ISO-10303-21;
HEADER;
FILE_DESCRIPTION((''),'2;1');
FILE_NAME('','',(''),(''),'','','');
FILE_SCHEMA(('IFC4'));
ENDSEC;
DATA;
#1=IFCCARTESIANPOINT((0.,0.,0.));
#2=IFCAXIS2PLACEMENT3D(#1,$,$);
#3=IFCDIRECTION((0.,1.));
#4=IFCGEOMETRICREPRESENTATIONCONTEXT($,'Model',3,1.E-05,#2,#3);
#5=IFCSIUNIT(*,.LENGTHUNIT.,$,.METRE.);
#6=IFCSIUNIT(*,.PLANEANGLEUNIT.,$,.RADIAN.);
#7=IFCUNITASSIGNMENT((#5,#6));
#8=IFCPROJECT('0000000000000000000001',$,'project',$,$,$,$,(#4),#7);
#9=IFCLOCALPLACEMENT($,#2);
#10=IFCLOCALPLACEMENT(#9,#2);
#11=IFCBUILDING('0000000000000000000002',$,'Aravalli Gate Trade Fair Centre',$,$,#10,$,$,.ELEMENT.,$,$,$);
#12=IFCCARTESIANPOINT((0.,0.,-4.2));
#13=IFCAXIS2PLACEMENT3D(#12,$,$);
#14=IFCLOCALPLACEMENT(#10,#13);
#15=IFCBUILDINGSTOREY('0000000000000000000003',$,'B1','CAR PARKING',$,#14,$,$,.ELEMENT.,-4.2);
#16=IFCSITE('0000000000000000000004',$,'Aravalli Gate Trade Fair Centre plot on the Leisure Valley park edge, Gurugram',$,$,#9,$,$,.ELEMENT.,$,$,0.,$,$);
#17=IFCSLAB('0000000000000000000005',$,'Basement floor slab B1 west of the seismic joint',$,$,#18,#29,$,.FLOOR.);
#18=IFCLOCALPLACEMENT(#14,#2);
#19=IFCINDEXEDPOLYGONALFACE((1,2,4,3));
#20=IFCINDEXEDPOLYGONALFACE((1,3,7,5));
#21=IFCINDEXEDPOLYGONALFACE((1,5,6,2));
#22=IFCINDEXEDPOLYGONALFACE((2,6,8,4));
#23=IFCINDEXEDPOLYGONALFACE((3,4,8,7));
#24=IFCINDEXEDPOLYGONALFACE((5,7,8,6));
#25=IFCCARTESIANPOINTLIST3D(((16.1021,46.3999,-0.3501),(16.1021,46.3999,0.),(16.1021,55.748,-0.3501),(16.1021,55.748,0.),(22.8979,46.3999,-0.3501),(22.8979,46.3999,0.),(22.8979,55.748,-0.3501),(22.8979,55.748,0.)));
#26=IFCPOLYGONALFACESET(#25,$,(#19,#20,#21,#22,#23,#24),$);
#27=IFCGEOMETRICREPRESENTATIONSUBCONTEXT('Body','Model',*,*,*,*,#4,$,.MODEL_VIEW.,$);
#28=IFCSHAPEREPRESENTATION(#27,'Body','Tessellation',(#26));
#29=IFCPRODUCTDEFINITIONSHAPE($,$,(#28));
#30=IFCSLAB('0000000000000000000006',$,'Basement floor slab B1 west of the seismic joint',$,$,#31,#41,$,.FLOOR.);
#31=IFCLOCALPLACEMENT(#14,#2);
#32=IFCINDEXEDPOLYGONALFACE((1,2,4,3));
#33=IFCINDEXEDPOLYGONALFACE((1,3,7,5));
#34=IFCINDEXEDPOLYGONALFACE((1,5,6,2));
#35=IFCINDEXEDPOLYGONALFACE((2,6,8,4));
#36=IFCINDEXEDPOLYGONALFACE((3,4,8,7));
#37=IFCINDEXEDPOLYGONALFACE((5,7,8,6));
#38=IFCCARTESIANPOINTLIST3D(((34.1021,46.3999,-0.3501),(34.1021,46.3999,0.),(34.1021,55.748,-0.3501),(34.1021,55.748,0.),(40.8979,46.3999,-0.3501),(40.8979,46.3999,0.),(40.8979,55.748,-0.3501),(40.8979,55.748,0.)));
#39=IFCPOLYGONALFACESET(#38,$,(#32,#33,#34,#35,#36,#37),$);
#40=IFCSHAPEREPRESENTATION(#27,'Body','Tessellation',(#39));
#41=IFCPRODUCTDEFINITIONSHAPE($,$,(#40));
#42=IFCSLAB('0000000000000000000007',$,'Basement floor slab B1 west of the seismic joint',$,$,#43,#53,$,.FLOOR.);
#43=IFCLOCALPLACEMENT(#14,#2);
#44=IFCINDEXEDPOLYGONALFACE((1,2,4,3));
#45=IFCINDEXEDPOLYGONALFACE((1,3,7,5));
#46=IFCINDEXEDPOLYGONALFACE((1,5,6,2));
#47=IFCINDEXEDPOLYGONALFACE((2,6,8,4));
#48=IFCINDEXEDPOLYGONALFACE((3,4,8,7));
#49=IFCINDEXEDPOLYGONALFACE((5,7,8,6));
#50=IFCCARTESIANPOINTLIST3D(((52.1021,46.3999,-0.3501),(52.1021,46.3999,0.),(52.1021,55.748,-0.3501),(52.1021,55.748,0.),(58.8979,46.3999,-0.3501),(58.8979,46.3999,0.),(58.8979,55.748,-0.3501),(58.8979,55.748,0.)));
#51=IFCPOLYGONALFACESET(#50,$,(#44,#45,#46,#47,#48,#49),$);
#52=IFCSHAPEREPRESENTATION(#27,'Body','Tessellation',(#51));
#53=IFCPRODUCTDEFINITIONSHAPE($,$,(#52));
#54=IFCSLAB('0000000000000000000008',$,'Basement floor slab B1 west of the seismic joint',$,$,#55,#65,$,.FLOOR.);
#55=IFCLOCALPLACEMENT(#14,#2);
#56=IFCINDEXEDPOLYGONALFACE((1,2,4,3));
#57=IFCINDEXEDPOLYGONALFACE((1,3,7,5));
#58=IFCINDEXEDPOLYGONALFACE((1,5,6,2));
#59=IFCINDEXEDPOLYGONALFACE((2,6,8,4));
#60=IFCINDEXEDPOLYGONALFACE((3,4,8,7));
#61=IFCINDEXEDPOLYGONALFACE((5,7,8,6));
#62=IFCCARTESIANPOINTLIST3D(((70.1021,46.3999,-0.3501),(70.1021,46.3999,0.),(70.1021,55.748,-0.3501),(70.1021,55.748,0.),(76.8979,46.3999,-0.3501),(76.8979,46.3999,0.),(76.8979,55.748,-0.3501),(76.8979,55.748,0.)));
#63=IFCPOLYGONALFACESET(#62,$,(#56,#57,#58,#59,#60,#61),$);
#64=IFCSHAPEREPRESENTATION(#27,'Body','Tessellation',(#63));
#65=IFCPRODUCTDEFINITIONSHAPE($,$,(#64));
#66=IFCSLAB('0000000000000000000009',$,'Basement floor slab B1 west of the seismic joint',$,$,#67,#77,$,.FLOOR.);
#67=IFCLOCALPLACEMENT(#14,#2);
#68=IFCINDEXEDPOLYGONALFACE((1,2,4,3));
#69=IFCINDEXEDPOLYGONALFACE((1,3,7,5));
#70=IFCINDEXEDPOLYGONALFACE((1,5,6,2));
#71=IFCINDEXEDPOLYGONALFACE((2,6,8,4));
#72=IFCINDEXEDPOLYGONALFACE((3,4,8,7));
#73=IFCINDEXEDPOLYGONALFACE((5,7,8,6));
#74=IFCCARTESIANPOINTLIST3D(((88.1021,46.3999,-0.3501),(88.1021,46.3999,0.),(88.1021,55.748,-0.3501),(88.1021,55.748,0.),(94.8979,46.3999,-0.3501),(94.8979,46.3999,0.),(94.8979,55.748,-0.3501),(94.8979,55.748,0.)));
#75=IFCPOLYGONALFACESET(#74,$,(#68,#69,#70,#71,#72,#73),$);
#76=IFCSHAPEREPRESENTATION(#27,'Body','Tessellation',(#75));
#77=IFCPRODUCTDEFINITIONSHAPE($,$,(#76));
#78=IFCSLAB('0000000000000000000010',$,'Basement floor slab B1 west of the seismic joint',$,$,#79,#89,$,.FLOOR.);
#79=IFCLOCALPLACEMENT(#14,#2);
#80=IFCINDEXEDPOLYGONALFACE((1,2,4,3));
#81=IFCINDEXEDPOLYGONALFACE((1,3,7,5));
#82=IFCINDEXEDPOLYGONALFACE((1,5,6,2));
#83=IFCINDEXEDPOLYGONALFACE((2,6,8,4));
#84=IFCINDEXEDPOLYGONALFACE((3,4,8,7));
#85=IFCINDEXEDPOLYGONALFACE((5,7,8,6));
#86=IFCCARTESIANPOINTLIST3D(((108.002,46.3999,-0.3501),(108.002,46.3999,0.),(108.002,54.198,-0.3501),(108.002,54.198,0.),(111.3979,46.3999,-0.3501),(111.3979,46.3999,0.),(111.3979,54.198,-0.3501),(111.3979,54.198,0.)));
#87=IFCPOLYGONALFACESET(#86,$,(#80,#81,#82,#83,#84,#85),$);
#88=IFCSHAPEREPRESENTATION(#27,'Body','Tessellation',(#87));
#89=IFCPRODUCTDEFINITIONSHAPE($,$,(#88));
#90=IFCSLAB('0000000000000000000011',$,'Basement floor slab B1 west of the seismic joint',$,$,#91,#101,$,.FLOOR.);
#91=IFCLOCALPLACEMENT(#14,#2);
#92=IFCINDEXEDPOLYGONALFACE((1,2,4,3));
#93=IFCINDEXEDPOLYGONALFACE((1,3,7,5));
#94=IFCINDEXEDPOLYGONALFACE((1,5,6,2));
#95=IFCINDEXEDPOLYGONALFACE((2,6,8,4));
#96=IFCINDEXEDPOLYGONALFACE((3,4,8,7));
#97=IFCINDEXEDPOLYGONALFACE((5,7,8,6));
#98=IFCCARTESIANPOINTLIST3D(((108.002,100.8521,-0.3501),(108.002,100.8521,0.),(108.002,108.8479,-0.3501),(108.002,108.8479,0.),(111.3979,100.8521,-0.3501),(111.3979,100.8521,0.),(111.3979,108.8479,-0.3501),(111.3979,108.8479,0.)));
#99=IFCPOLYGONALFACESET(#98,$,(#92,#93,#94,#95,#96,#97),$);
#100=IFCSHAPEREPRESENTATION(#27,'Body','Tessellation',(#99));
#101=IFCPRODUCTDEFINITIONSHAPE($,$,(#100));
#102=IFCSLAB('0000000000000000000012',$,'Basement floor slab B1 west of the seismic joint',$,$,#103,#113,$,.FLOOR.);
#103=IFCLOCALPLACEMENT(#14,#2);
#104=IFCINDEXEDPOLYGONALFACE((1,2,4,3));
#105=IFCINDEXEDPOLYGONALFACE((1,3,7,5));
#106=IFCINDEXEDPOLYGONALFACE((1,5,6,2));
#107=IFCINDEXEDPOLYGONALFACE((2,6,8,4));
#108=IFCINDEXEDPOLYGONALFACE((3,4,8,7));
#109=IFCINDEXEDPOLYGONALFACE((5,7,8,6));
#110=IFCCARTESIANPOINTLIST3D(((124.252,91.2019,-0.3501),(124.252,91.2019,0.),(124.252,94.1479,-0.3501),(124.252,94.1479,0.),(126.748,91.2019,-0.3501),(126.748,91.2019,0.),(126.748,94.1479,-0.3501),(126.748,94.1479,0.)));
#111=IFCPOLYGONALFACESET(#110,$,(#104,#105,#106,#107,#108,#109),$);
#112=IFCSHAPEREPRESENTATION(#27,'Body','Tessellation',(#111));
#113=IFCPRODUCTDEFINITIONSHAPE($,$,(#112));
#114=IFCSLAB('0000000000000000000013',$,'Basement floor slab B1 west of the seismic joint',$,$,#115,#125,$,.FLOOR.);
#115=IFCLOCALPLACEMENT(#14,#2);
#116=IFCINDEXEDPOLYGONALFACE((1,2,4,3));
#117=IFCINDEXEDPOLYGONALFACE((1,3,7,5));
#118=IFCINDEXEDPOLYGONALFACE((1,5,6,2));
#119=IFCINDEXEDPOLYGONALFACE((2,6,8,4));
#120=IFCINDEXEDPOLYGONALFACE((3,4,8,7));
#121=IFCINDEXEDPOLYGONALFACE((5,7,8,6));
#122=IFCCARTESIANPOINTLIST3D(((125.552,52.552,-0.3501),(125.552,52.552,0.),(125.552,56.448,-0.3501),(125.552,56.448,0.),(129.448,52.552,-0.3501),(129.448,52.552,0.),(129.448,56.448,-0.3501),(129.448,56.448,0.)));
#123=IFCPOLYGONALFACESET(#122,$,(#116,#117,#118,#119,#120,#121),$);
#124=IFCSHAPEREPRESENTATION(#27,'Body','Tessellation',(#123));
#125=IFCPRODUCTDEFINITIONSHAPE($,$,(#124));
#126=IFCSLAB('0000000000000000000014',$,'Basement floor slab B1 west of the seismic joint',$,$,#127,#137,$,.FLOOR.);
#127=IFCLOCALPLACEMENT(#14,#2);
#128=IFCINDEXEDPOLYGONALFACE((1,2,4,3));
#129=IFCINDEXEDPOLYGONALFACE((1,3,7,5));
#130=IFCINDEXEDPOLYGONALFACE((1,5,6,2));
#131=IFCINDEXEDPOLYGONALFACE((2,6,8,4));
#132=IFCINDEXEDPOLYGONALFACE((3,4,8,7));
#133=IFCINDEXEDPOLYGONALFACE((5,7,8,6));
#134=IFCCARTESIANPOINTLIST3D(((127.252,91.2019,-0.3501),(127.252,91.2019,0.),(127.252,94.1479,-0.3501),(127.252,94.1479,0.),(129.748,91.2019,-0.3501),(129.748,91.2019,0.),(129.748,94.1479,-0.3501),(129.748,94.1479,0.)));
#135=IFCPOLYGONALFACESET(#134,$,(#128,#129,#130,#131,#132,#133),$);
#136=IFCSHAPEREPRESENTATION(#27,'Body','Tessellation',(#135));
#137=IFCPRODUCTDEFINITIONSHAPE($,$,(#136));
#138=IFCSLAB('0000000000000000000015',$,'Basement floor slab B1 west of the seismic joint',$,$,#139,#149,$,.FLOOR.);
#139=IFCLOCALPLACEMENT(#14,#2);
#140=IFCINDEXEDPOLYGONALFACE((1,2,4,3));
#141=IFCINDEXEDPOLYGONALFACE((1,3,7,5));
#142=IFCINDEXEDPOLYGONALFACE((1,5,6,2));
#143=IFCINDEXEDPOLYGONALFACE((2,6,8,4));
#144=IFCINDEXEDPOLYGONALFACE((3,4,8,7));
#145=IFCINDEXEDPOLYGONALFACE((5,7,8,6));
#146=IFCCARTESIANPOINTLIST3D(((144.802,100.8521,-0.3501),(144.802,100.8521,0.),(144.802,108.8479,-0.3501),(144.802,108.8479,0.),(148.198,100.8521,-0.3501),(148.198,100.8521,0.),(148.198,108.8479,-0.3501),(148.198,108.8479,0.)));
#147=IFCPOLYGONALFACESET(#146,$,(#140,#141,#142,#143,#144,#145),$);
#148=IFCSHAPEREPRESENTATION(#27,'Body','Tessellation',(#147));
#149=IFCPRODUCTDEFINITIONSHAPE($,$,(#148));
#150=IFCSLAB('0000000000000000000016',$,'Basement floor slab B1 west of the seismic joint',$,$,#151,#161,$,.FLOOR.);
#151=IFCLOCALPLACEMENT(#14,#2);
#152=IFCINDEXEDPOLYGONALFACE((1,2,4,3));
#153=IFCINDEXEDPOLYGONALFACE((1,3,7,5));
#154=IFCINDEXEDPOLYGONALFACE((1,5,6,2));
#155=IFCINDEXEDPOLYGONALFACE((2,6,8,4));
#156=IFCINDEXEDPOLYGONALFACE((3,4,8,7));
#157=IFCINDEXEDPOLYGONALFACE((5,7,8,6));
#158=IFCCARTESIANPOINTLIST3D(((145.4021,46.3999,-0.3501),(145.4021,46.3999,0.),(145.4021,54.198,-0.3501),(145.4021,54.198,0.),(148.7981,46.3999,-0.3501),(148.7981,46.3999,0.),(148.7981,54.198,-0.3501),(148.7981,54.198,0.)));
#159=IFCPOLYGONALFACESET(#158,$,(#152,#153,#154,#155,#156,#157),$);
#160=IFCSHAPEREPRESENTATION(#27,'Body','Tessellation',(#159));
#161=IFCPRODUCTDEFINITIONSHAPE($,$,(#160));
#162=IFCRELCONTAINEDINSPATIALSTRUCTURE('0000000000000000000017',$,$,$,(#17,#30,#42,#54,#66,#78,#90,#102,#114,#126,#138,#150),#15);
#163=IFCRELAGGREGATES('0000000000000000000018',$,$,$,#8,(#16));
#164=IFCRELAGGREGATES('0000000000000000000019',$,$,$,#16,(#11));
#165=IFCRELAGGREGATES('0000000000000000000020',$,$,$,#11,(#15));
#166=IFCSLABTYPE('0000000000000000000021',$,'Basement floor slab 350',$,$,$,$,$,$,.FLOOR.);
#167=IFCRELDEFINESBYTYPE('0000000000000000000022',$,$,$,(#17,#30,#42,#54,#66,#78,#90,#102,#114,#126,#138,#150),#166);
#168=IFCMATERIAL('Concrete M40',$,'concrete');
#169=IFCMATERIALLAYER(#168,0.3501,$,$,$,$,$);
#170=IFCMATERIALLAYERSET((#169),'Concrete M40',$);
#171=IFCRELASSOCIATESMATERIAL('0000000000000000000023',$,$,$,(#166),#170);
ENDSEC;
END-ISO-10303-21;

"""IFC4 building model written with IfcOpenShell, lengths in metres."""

from ifc_helpers import new_model, si_unit, direction, frame, origin, place, context, subcontext, project, spatial, polyline, outline, extrude, material, layer, layer_set, type_object, element, save


model = new_model("IFC4")

# Units and contexts
model_context = context("Model", 3, precision=1e-05, world=origin(), true_north=direction((0.0, 1.0)))
body_context = subcontext(model_context, "Body", "Model", "MODEL_VIEW")
ifc_project = project(units=[si_unit("LENGTHUNIT", "METRE"), si_unit("PLANEANGLEUNIT", "RADIAN")], contexts=[model_context])

# Site, building, storey
site_placement = place(None, origin())
site = spatial("IfcSite", under=ifc_project, at=site_placement, Name="Aravalli Gate Trade Fair Centre plot on the Leisure Valley park edge, Gurugram", CompositionType="ELEMENT", RefElevation=0.0)
building_placement = place(site_placement, origin())
building = spatial("IfcBuilding", under=site, at=building_placement, Name="Aravalli Gate Trade Fair Centre", CompositionType="ELEMENT")
storey_placement = place(building_placement, frame((0.0, 0.0, -4.2)))
storey = spatial("IfcBuildingStorey", under=building, at=storey_placement, Name="B1", Description="CAR PARKING", CompositionType="ELEMENT", Elevation=-4.2)

# Slabs
ifc_material_1 = material(Name="Concrete M40", Category="concrete")
ifc_layer_1 = layer(ifc_material_1, 0.3501)
ifc_layer_set_1 = layer_set([ifc_layer_1], Name="Concrete M40")
slab_type_1 = type_object("IfcSlabType", Name="Basement floor slab 350", PredefinedType="FLOOR", material=ifc_layer_set_1)
slab_1_placement = place(storey_placement, frame((0.0, 0.0, -0.3501)))
element("IfcSlab", 1, at=slab_1_placement, inside=storey, type_object=slab_type_1, Name="Basement floor slab B1 west of the seismic joint", PredefinedType="FLOOR", context=body_context, shape_type="SweptSolid", body=[
    extrude(outline(polyline([(16.1021, 46.3999), (16.1021, 55.748), (22.8979, 55.748), (22.8979, 46.3999), (16.1021, 46.3999)])), origin(), (0.0, 0.0, 1.0), 0.3501),
])
slab_2_placement = place(storey_placement, frame((0.0, 0.0, -0.3501)))
element("IfcSlab", 2, at=slab_2_placement, inside=storey, type_object=slab_type_1, Name="Basement floor slab B1 west of the seismic joint", PredefinedType="FLOOR", context=body_context, shape_type="SweptSolid", body=[
    extrude(outline(polyline([(34.1021, 46.3999), (34.1021, 55.748), (40.8979, 55.748), (40.8979, 46.3999), (34.1021, 46.3999)])), origin(), (0.0, 0.0, 1.0), 0.3501),
])
slab_3_placement = place(storey_placement, frame((0.0, 0.0, -0.3501)))
element("IfcSlab", 3, at=slab_3_placement, inside=storey, type_object=slab_type_1, Name="Basement floor slab B1 west of the seismic joint", PredefinedType="FLOOR", context=body_context, shape_type="SweptSolid", body=[
    extrude(outline(polyline([(52.1021, 46.3999), (52.1021, 55.748), (58.8979, 55.748), (58.8979, 46.3999), (52.1021, 46.3999)])), origin(), (0.0, 0.0, 1.0), 0.3501),
])
slab_4_placement = place(storey_placement, frame((0.0, 0.0, -0.3501)))
element("IfcSlab", 4, at=slab_4_placement, inside=storey, type_object=slab_type_1, Name="Basement floor slab B1 west of the seismic joint", PredefinedType="FLOOR", context=body_context, shape_type="SweptSolid", body=[
    extrude(outline(polyline([(70.1021, 46.3999), (70.1021, 55.748), (76.8979, 55.748), (76.8979, 46.3999), (70.1021, 46.3999)])), origin(), (0.0, 0.0, 1.0), 0.3501),
])
slab_5_placement = place(storey_placement, frame((0.0, 0.0, -0.3501)))
element("IfcSlab", 5, at=slab_5_placement, inside=storey, type_object=slab_type_1, Name="Basement floor slab B1 west of the seismic joint", PredefinedType="FLOOR", context=body_context, shape_type="SweptSolid", body=[
    extrude(outline(polyline([(88.1021, 46.3999), (88.1021, 55.748), (94.8979, 55.748), (94.8979, 46.3999), (88.1021, 46.3999)])), origin(), (0.0, 0.0, 1.0), 0.3501),
])
slab_6_placement = place(storey_placement, frame((0.0, 0.0, -0.3501)))
element("IfcSlab", 6, at=slab_6_placement, inside=storey, type_object=slab_type_1, Name="Basement floor slab B1 west of the seismic joint", PredefinedType="FLOOR", context=body_context, shape_type="SweptSolid", body=[
    extrude(outline(polyline([(108.002, 46.3999), (108.002, 54.198), (111.3979, 54.198), (111.3979, 46.3999), (108.002, 46.3999)])), origin(), (0.0, 0.0, 1.0), 0.3501),
])
slab_7_placement = place(storey_placement, frame((0.0, 0.0, -0.3501)))
element("IfcSlab", 7, at=slab_7_placement, inside=storey, type_object=slab_type_1, Name="Basement floor slab B1 west of the seismic joint", PredefinedType="FLOOR", context=body_context, shape_type="SweptSolid", body=[
    extrude(outline(polyline([(111.3979, 100.8521), (108.002, 100.8521), (108.002, 108.8479), (111.3979, 108.8479), (111.3979, 100.8521)])), origin(), (0.0, 0.0, 1.0), 0.3501),
])
slab_8_placement = place(storey_placement, frame((0.0, 0.0, -0.3501)))
element("IfcSlab", 8, at=slab_8_placement, inside=storey, type_object=slab_type_1, Name="Basement floor slab B1 west of the seismic joint", PredefinedType="FLOOR", context=body_context, shape_type="SweptSolid", body=[
    extrude(outline(polyline([(124.252, 94.1479), (126.748, 94.1479), (126.748, 91.2019), (124.252, 91.2019), (124.252, 94.1479)])), origin(), (0.0, 0.0, 1.0), 0.3501),
])
slab_9_placement = place(storey_placement, frame((0.0, 0.0, -0.3501)))
element("IfcSlab", 9, at=slab_9_placement, inside=storey, type_object=slab_type_1, Name="Basement floor slab B1 west of the seismic joint", PredefinedType="FLOOR", context=body_context, shape_type="SweptSolid", body=[
    extrude(outline(polyline([(125.552, 52.552), (125.552, 56.448), (129.448, 56.448), (129.448, 52.552), (125.552, 52.552)])), origin(), (0.0, 0.0, 1.0), 0.3501),
])
slab_10_placement = place(storey_placement, frame((0.0, 0.0, -0.3501)))
element("IfcSlab", 10, at=slab_10_placement, inside=storey, type_object=slab_type_1, Name="Basement floor slab B1 west of the seismic joint", PredefinedType="FLOOR", context=body_context, shape_type="SweptSolid", body=[
    extrude(outline(polyline([(127.252, 94.1479), (129.748, 94.1479), (129.748, 91.2019), (127.252, 91.2019), (127.252, 94.1479)])), origin(), (0.0, 0.0, 1.0), 0.3501),
])
slab_11_placement = place(storey_placement, frame((0.0, 0.0, -0.3501)))
element("IfcSlab", 11, at=slab_11_placement, inside=storey, type_object=slab_type_1, Name="Basement floor slab B1 west of the seismic joint", PredefinedType="FLOOR", context=body_context, shape_type="SweptSolid", body=[
    extrude(outline(polyline([(144.802, 100.8521), (144.802, 108.8479), (148.198, 108.8479), (148.198, 100.8521), (144.802, 100.8521)])), origin(), (0.0, 0.0, 1.0), 0.3501),
])
slab_12_placement = place(storey_placement, frame((0.0, 0.0, -0.3501)))
element("IfcSlab", 12, at=slab_12_placement, inside=storey, type_object=slab_type_1, Name="Basement floor slab B1 west of the seismic joint", PredefinedType="FLOOR", context=body_context, shape_type="SweptSolid", body=[
    extrude(outline(polyline([(145.4021, 46.3999), (145.4021, 54.198), (148.7981, 54.198), (148.7981, 46.3999), (145.4021, 46.3999)])), origin(), (0.0, 0.0, 1.0), 0.3501),
])

save(model, "model.ifc")
